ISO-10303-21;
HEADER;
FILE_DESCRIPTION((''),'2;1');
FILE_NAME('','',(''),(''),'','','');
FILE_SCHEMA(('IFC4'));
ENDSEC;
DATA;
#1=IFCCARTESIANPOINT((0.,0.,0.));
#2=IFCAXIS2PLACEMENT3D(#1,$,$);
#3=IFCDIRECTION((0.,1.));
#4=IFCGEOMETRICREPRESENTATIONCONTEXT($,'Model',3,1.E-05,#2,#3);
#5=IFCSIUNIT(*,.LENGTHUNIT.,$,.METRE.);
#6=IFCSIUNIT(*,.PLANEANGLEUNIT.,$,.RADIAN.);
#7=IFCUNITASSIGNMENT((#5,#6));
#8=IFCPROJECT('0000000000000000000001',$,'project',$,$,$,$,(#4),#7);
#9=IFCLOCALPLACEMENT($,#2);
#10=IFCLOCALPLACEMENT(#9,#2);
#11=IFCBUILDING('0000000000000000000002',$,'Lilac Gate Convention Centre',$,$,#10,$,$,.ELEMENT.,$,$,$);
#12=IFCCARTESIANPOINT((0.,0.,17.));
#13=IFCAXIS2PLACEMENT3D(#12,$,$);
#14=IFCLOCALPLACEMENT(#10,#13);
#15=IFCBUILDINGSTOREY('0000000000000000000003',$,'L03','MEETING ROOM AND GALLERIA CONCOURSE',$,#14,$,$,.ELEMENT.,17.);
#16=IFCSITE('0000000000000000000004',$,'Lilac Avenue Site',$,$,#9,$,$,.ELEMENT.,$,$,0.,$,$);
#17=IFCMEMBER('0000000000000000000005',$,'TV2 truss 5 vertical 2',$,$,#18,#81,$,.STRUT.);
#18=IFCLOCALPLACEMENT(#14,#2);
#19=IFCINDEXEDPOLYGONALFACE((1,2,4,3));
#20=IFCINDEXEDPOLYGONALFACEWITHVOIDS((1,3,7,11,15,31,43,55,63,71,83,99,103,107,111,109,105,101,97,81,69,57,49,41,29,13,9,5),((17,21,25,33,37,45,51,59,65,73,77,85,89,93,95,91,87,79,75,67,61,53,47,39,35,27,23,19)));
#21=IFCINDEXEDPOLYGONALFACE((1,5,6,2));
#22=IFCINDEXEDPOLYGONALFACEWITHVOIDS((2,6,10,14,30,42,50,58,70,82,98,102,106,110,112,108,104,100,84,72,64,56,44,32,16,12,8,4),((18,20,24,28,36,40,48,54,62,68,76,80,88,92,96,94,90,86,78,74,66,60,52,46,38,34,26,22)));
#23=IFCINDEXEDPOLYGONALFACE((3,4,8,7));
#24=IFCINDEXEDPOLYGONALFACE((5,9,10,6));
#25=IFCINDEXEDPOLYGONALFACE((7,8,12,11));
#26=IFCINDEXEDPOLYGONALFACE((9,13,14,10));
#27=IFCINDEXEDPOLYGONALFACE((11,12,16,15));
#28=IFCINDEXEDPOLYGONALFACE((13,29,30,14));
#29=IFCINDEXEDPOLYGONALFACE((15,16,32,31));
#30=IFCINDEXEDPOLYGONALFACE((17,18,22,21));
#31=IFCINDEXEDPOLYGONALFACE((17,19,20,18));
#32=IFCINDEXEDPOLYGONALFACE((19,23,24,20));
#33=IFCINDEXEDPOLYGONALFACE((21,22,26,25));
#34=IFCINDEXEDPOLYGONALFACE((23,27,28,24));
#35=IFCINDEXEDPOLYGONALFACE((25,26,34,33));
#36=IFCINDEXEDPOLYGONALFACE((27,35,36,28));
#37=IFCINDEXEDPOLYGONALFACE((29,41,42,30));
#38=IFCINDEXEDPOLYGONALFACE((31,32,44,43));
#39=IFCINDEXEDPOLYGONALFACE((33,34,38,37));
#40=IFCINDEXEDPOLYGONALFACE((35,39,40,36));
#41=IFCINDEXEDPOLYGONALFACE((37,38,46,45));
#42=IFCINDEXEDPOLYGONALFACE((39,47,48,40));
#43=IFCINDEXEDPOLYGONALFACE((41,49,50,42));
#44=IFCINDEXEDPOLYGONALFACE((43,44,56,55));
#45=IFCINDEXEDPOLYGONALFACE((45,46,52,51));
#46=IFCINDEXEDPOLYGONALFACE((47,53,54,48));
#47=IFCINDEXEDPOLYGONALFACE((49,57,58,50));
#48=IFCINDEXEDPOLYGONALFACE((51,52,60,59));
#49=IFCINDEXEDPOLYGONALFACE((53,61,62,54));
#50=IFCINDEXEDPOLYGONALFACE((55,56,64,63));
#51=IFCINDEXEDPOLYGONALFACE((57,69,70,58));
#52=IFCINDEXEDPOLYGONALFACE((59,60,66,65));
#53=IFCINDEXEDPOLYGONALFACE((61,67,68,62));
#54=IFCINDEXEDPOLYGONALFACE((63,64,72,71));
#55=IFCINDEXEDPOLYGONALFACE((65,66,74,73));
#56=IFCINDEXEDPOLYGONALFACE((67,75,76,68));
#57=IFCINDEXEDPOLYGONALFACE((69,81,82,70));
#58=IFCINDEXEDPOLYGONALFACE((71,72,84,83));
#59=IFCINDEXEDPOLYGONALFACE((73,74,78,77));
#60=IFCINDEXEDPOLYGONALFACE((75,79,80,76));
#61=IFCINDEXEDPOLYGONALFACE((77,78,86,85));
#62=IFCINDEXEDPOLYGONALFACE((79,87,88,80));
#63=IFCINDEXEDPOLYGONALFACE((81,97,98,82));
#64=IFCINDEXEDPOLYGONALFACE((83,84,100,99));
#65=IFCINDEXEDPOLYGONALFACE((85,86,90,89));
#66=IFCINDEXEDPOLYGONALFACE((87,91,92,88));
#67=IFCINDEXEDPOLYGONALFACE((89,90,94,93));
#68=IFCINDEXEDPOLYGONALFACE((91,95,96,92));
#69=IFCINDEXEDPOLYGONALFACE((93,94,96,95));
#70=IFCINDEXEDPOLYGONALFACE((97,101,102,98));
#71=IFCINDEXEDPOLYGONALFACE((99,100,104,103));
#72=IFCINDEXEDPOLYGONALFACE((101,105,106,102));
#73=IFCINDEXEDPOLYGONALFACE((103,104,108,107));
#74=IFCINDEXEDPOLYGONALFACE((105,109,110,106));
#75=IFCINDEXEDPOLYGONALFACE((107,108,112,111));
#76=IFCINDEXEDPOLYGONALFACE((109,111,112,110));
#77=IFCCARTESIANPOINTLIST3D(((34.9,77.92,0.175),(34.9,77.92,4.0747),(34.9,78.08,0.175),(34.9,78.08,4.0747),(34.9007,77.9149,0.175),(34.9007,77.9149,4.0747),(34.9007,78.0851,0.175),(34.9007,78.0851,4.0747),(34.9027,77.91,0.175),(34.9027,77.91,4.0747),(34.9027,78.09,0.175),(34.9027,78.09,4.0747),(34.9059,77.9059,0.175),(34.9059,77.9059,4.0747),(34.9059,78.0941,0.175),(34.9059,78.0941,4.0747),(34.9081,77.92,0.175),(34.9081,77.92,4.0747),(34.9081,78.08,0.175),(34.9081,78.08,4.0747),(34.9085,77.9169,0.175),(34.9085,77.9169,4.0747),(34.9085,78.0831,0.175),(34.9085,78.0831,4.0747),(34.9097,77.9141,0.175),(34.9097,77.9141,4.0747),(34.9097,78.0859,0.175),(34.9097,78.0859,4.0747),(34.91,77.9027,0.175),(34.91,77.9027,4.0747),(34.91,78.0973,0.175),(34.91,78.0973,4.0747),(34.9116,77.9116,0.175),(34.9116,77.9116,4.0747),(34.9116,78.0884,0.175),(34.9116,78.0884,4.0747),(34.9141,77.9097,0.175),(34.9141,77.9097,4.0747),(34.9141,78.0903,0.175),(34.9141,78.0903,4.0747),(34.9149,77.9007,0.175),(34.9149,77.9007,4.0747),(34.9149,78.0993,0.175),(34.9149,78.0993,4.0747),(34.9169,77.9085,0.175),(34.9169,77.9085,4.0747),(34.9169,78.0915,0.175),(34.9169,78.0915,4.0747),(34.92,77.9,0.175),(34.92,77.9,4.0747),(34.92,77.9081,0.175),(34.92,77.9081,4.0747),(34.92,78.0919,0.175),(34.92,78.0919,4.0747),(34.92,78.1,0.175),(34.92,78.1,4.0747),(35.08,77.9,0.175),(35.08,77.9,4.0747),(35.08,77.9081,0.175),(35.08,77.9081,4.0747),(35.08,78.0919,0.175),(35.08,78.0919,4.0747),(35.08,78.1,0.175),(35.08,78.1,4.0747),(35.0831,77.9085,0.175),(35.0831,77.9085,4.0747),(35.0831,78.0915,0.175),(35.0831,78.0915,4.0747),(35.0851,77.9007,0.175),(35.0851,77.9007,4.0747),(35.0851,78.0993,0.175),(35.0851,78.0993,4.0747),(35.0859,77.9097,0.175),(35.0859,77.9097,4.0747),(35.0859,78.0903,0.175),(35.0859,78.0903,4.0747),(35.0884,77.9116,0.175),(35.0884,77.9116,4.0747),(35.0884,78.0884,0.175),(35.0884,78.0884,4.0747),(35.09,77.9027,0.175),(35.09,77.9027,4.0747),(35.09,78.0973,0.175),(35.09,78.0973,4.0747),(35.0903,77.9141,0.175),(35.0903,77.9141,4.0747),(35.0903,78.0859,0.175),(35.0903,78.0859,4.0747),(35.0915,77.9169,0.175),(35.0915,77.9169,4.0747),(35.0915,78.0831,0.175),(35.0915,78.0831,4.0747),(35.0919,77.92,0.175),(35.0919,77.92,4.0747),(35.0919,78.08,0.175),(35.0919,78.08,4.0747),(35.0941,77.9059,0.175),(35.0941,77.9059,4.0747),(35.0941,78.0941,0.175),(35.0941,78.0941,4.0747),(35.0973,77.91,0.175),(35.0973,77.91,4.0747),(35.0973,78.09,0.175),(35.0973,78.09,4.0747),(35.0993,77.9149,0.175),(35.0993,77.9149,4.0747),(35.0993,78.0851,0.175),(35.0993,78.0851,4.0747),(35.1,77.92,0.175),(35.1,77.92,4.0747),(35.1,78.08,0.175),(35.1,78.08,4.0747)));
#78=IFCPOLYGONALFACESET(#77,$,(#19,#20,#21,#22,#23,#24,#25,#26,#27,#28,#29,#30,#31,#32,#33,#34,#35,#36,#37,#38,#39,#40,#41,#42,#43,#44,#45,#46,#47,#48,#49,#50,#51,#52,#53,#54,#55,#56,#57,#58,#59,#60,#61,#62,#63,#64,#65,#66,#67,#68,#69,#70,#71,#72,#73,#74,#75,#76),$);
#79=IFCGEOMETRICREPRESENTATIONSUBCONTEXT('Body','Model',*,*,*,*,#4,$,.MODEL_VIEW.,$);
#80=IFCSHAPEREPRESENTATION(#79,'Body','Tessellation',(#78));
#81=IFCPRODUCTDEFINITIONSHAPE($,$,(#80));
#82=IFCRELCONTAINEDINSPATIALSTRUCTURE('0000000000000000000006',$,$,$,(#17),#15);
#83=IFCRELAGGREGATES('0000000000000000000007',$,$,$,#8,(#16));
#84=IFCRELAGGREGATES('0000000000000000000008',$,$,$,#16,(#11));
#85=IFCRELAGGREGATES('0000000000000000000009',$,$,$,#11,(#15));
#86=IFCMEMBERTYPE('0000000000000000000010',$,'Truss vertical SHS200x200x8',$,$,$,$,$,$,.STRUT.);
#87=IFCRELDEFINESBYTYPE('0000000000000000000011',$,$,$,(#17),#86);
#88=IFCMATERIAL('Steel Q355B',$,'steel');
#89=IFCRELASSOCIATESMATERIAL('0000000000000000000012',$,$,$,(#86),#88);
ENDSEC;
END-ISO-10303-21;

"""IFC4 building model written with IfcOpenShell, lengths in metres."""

from ifc_helpers import new_model, si_unit, direction, frame, origin, origin_2d, place, context, subcontext, project, spatial, hollow_rectangle, extrude, material, material_profile, profile_set, type_object, element, save


model = new_model("IFC4")

# Units and contexts
model_context = context("Model", 3, precision=1e-05, world=origin(), true_north=direction((0.0, 1.0)))
body_context = subcontext(model_context, "Body", "Model", "MODEL_VIEW")
ifc_project = project(units=[si_unit("LENGTHUNIT", "METRE"), si_unit("PLANEANGLEUNIT", "RADIAN")], contexts=[model_context])

# Site, building, storey
site_placement = place(None, origin())
site = spatial("IfcSite", under=ifc_project, at=site_placement, Name="Lilac Avenue Site", CompositionType="ELEMENT", RefElevation=0.0)
building_placement = place(site_placement, origin())
building = spatial("IfcBuilding", under=site, at=building_placement, Name="Lilac Gate Convention Centre", CompositionType="ELEMENT")
storey_placement = place(building_placement, frame((0.0, 0.0, 17.0)))
storey = spatial("IfcBuildingStorey", under=building, at=storey_placement, Name="L03", Description="MEETING ROOM AND GALLERIA CONCOURSE", CompositionType="ELEMENT", Elevation=17.0)

# Member
ifc_material = material(Name="Steel Q355B", Category="steel")
ifc_material_profile_1 = material_profile(ifc_material, hollow_rectangle(XDim=0.2, YDim=0.2, WallThickness=0.0081, InnerFilletRadius=0.012, OuterFilletRadius=0.02, at=origin_2d()), Name="SHS200x200x8")
ifc_profile_set_1 = profile_set([ifc_material_profile_1], Name="Steel Q355B")
member_type_1 = type_object("IfcMemberType", Name="Truss vertical SHS200x200x8", PredefinedType="STRUT", material=ifc_profile_set_1)
member_1_placement = place(storey_placement, frame((35.0, 78.0, 0.175), z_axis=(0.0, 0.0, 1.0), x_axis=(1.0, 0.0, 0.0)))
element("IfcMember", 1, at=member_1_placement, inside=storey, type_object=member_type_1, Name="TV2 truss 5 vertical 2", PredefinedType="STRUT", context=body_context, shape_type="SweptSolid", body=[
    extrude(hollow_rectangle(XDim=0.2, YDim=0.2, WallThickness=0.0081, InnerFilletRadius=0.012, OuterFilletRadius=0.02, at=origin_2d()), origin(), (0.0, 0.0, 1.0), 3.8997),
])

save(model, "model.ifc")
